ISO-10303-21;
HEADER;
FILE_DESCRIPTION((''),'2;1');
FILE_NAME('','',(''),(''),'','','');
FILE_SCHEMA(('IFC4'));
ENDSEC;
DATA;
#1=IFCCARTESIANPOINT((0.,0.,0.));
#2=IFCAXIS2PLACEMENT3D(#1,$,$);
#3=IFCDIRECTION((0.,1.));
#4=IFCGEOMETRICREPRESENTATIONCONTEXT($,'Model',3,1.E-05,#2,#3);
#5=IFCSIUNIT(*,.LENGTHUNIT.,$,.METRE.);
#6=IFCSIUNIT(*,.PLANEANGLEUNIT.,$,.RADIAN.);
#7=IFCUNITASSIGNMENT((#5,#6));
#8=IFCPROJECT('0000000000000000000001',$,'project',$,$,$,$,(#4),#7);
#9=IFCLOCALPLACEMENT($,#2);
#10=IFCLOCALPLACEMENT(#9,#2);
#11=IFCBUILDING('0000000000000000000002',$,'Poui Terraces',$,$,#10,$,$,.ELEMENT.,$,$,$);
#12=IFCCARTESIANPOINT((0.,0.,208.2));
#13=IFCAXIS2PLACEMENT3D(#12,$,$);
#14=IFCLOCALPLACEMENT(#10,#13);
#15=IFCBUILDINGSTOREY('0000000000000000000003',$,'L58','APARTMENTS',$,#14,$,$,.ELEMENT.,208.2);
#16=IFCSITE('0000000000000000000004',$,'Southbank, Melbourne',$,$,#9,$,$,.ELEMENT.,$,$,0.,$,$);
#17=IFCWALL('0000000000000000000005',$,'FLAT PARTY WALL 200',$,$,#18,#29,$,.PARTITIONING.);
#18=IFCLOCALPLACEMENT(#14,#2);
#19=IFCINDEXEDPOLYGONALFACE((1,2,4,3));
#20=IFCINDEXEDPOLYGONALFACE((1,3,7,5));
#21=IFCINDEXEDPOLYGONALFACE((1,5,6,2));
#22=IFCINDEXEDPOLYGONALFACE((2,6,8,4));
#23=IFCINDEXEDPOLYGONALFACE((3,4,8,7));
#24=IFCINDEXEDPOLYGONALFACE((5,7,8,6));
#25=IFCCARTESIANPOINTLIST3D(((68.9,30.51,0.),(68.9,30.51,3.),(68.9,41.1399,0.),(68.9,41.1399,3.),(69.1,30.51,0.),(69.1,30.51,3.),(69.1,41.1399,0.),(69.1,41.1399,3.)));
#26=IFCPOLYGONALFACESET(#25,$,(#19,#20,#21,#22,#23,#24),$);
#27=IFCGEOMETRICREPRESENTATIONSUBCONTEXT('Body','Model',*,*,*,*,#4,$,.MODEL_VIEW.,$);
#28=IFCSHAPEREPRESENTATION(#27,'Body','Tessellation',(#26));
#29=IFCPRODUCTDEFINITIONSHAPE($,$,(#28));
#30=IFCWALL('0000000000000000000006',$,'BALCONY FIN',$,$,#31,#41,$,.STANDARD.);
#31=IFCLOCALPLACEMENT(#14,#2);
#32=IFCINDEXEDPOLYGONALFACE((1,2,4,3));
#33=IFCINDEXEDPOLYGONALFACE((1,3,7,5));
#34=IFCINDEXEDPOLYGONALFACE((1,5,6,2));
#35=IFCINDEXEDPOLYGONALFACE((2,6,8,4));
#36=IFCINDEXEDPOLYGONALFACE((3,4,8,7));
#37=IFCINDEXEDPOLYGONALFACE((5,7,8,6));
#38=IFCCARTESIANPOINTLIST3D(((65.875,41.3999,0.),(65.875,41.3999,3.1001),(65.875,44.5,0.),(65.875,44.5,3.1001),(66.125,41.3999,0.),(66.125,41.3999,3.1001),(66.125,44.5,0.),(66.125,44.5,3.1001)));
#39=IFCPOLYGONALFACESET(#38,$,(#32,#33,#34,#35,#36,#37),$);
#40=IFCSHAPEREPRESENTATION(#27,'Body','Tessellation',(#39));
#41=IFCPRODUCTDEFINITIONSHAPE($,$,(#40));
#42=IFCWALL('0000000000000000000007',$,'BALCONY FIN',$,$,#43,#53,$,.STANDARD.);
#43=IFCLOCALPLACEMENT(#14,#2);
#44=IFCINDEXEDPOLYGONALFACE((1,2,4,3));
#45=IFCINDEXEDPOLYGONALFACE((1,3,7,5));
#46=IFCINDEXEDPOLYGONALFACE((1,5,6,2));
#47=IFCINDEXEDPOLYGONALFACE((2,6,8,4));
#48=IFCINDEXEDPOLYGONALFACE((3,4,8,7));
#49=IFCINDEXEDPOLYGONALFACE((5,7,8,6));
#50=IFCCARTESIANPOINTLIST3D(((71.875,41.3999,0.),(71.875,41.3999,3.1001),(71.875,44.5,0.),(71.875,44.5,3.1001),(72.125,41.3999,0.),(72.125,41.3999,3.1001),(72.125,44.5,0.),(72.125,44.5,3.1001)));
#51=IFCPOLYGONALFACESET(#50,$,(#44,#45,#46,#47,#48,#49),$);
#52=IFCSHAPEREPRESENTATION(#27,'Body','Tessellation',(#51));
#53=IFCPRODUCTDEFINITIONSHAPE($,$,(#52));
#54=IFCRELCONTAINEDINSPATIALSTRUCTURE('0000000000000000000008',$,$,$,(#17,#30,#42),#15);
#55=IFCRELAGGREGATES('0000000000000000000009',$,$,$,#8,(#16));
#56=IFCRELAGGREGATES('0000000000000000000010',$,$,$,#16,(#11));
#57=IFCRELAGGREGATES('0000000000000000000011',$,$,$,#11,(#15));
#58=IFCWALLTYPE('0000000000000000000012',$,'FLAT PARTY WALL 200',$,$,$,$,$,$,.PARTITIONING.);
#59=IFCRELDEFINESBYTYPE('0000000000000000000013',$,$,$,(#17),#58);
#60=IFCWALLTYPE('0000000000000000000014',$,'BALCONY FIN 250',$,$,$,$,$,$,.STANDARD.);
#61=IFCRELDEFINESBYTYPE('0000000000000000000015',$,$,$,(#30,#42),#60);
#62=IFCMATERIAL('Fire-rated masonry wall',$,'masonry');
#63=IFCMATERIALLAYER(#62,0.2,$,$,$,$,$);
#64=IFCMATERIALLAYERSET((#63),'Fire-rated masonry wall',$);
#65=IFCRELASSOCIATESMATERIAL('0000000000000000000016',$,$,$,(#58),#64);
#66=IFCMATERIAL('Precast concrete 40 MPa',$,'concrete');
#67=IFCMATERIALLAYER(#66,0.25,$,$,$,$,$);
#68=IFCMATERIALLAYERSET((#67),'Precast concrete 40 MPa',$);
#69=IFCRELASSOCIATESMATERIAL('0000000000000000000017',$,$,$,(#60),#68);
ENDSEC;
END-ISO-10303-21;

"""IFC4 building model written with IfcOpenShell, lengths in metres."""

from ifc_helpers import new_model, si_unit, direction, frame, frame_2d, origin, place, context, subcontext, project, spatial, polyline, rectangle, outline, extrude, source, transform, mapped, material, layer, layer_set, type_object, element, save


model = new_model("IFC4")

# Units and contexts
model_context = context("Model", 3, precision=1e-05, world=origin(), true_north=direction((0.0, 1.0)))
body_context = subcontext(model_context, "Body", "Model", "MODEL_VIEW")
ifc_project = project(units=[si_unit("LENGTHUNIT", "METRE"), si_unit("PLANEANGLEUNIT", "RADIAN")], contexts=[model_context])

# Site, building, storey
site_placement = place(None, origin())
site = spatial("IfcSite", under=ifc_project, at=site_placement, Name="Southbank, Melbourne", CompositionType="ELEMENT", RefElevation=0.0)
building_placement = place(site_placement, origin())
building = spatial("IfcBuilding", under=site, at=building_placement, Name="Poui Terraces", CompositionType="ELEMENT")
storey_placement = place(building_placement, frame((0.0, 0.0, 208.2)))
storey = spatial("IfcBuildingStorey", under=building, at=storey_placement, Name="L58", Description="APARTMENTS", CompositionType="ELEMENT", Elevation=208.2)

# Walls
ifc_material_1 = material(Name="Fire-rated masonry wall", Category="masonry")
ifc_layer_1 = layer(ifc_material_1, 0.2)
ifc_layer_set_1 = layer_set([ifc_layer_1], Name="Fire-rated masonry wall")
wall_type_1 = type_object("IfcWallType", Name="FLAT PARTY WALL 200", PredefinedType="PARTITIONING", material=ifc_layer_set_1)
wall_1_placement = place(storey_placement, frame((69.0, 30.51, 0.0), z_axis=(0.0, 0.0, 1.0), x_axis=(0.0, 1.0, 0.0)))
element("IfcWall", 1, at=wall_1_placement, inside=storey, type_object=wall_type_1, Name="FLAT PARTY WALL 200", PredefinedType="PARTITIONING", context=body_context, shape_type="SweptSolid", body=[
    extrude(rectangle(XDim=10.6299, YDim=0.2, at=frame_2d((5.3149, 0.0))), origin(), (0.0, 0.0, 1.0), 3.0),
])
ifc_material_2 = material(Name="Precast concrete 40 MPa", Category="concrete")
ifc_layer_2 = layer(ifc_material_2, 0.25)
ifc_layer_set_2 = layer_set([ifc_layer_2], Name="Precast concrete 40 MPa")
wall_type_2 = type_object("IfcWallType", Name="BALCONY FIN 250", PredefinedType="STANDARD", material=ifc_layer_set_2)
shared_shape_1 = source(origin(), body_context, "Body", "SweptSolid", [
    extrude(outline(polyline([(0.0, 0.0), (0.25, 0.0), (0.25, 3.1001), (0.0, 3.1001), (0.0, 0.0)])), origin(), (0.0, 0.0, 1.0), 3.1001),
])
for number, where, name in (
    (2, (65.875, 41.3999, 0.0), "BALCONY FIN"),
    (3, (71.875, 41.3999, 0.0), "BALCONY FIN"),
):
    element("IfcWall", number, at=place(storey_placement, frame(where)), inside=storey, type_object=wall_type_2, Name=name, PredefinedType="STANDARD", context=body_context, shape_type="MappedRepresentation", body=[
        mapped(shared_shape_1, transform((0.0, 0.0, 0.0))),
    ])

save(model, "model.ifc")
